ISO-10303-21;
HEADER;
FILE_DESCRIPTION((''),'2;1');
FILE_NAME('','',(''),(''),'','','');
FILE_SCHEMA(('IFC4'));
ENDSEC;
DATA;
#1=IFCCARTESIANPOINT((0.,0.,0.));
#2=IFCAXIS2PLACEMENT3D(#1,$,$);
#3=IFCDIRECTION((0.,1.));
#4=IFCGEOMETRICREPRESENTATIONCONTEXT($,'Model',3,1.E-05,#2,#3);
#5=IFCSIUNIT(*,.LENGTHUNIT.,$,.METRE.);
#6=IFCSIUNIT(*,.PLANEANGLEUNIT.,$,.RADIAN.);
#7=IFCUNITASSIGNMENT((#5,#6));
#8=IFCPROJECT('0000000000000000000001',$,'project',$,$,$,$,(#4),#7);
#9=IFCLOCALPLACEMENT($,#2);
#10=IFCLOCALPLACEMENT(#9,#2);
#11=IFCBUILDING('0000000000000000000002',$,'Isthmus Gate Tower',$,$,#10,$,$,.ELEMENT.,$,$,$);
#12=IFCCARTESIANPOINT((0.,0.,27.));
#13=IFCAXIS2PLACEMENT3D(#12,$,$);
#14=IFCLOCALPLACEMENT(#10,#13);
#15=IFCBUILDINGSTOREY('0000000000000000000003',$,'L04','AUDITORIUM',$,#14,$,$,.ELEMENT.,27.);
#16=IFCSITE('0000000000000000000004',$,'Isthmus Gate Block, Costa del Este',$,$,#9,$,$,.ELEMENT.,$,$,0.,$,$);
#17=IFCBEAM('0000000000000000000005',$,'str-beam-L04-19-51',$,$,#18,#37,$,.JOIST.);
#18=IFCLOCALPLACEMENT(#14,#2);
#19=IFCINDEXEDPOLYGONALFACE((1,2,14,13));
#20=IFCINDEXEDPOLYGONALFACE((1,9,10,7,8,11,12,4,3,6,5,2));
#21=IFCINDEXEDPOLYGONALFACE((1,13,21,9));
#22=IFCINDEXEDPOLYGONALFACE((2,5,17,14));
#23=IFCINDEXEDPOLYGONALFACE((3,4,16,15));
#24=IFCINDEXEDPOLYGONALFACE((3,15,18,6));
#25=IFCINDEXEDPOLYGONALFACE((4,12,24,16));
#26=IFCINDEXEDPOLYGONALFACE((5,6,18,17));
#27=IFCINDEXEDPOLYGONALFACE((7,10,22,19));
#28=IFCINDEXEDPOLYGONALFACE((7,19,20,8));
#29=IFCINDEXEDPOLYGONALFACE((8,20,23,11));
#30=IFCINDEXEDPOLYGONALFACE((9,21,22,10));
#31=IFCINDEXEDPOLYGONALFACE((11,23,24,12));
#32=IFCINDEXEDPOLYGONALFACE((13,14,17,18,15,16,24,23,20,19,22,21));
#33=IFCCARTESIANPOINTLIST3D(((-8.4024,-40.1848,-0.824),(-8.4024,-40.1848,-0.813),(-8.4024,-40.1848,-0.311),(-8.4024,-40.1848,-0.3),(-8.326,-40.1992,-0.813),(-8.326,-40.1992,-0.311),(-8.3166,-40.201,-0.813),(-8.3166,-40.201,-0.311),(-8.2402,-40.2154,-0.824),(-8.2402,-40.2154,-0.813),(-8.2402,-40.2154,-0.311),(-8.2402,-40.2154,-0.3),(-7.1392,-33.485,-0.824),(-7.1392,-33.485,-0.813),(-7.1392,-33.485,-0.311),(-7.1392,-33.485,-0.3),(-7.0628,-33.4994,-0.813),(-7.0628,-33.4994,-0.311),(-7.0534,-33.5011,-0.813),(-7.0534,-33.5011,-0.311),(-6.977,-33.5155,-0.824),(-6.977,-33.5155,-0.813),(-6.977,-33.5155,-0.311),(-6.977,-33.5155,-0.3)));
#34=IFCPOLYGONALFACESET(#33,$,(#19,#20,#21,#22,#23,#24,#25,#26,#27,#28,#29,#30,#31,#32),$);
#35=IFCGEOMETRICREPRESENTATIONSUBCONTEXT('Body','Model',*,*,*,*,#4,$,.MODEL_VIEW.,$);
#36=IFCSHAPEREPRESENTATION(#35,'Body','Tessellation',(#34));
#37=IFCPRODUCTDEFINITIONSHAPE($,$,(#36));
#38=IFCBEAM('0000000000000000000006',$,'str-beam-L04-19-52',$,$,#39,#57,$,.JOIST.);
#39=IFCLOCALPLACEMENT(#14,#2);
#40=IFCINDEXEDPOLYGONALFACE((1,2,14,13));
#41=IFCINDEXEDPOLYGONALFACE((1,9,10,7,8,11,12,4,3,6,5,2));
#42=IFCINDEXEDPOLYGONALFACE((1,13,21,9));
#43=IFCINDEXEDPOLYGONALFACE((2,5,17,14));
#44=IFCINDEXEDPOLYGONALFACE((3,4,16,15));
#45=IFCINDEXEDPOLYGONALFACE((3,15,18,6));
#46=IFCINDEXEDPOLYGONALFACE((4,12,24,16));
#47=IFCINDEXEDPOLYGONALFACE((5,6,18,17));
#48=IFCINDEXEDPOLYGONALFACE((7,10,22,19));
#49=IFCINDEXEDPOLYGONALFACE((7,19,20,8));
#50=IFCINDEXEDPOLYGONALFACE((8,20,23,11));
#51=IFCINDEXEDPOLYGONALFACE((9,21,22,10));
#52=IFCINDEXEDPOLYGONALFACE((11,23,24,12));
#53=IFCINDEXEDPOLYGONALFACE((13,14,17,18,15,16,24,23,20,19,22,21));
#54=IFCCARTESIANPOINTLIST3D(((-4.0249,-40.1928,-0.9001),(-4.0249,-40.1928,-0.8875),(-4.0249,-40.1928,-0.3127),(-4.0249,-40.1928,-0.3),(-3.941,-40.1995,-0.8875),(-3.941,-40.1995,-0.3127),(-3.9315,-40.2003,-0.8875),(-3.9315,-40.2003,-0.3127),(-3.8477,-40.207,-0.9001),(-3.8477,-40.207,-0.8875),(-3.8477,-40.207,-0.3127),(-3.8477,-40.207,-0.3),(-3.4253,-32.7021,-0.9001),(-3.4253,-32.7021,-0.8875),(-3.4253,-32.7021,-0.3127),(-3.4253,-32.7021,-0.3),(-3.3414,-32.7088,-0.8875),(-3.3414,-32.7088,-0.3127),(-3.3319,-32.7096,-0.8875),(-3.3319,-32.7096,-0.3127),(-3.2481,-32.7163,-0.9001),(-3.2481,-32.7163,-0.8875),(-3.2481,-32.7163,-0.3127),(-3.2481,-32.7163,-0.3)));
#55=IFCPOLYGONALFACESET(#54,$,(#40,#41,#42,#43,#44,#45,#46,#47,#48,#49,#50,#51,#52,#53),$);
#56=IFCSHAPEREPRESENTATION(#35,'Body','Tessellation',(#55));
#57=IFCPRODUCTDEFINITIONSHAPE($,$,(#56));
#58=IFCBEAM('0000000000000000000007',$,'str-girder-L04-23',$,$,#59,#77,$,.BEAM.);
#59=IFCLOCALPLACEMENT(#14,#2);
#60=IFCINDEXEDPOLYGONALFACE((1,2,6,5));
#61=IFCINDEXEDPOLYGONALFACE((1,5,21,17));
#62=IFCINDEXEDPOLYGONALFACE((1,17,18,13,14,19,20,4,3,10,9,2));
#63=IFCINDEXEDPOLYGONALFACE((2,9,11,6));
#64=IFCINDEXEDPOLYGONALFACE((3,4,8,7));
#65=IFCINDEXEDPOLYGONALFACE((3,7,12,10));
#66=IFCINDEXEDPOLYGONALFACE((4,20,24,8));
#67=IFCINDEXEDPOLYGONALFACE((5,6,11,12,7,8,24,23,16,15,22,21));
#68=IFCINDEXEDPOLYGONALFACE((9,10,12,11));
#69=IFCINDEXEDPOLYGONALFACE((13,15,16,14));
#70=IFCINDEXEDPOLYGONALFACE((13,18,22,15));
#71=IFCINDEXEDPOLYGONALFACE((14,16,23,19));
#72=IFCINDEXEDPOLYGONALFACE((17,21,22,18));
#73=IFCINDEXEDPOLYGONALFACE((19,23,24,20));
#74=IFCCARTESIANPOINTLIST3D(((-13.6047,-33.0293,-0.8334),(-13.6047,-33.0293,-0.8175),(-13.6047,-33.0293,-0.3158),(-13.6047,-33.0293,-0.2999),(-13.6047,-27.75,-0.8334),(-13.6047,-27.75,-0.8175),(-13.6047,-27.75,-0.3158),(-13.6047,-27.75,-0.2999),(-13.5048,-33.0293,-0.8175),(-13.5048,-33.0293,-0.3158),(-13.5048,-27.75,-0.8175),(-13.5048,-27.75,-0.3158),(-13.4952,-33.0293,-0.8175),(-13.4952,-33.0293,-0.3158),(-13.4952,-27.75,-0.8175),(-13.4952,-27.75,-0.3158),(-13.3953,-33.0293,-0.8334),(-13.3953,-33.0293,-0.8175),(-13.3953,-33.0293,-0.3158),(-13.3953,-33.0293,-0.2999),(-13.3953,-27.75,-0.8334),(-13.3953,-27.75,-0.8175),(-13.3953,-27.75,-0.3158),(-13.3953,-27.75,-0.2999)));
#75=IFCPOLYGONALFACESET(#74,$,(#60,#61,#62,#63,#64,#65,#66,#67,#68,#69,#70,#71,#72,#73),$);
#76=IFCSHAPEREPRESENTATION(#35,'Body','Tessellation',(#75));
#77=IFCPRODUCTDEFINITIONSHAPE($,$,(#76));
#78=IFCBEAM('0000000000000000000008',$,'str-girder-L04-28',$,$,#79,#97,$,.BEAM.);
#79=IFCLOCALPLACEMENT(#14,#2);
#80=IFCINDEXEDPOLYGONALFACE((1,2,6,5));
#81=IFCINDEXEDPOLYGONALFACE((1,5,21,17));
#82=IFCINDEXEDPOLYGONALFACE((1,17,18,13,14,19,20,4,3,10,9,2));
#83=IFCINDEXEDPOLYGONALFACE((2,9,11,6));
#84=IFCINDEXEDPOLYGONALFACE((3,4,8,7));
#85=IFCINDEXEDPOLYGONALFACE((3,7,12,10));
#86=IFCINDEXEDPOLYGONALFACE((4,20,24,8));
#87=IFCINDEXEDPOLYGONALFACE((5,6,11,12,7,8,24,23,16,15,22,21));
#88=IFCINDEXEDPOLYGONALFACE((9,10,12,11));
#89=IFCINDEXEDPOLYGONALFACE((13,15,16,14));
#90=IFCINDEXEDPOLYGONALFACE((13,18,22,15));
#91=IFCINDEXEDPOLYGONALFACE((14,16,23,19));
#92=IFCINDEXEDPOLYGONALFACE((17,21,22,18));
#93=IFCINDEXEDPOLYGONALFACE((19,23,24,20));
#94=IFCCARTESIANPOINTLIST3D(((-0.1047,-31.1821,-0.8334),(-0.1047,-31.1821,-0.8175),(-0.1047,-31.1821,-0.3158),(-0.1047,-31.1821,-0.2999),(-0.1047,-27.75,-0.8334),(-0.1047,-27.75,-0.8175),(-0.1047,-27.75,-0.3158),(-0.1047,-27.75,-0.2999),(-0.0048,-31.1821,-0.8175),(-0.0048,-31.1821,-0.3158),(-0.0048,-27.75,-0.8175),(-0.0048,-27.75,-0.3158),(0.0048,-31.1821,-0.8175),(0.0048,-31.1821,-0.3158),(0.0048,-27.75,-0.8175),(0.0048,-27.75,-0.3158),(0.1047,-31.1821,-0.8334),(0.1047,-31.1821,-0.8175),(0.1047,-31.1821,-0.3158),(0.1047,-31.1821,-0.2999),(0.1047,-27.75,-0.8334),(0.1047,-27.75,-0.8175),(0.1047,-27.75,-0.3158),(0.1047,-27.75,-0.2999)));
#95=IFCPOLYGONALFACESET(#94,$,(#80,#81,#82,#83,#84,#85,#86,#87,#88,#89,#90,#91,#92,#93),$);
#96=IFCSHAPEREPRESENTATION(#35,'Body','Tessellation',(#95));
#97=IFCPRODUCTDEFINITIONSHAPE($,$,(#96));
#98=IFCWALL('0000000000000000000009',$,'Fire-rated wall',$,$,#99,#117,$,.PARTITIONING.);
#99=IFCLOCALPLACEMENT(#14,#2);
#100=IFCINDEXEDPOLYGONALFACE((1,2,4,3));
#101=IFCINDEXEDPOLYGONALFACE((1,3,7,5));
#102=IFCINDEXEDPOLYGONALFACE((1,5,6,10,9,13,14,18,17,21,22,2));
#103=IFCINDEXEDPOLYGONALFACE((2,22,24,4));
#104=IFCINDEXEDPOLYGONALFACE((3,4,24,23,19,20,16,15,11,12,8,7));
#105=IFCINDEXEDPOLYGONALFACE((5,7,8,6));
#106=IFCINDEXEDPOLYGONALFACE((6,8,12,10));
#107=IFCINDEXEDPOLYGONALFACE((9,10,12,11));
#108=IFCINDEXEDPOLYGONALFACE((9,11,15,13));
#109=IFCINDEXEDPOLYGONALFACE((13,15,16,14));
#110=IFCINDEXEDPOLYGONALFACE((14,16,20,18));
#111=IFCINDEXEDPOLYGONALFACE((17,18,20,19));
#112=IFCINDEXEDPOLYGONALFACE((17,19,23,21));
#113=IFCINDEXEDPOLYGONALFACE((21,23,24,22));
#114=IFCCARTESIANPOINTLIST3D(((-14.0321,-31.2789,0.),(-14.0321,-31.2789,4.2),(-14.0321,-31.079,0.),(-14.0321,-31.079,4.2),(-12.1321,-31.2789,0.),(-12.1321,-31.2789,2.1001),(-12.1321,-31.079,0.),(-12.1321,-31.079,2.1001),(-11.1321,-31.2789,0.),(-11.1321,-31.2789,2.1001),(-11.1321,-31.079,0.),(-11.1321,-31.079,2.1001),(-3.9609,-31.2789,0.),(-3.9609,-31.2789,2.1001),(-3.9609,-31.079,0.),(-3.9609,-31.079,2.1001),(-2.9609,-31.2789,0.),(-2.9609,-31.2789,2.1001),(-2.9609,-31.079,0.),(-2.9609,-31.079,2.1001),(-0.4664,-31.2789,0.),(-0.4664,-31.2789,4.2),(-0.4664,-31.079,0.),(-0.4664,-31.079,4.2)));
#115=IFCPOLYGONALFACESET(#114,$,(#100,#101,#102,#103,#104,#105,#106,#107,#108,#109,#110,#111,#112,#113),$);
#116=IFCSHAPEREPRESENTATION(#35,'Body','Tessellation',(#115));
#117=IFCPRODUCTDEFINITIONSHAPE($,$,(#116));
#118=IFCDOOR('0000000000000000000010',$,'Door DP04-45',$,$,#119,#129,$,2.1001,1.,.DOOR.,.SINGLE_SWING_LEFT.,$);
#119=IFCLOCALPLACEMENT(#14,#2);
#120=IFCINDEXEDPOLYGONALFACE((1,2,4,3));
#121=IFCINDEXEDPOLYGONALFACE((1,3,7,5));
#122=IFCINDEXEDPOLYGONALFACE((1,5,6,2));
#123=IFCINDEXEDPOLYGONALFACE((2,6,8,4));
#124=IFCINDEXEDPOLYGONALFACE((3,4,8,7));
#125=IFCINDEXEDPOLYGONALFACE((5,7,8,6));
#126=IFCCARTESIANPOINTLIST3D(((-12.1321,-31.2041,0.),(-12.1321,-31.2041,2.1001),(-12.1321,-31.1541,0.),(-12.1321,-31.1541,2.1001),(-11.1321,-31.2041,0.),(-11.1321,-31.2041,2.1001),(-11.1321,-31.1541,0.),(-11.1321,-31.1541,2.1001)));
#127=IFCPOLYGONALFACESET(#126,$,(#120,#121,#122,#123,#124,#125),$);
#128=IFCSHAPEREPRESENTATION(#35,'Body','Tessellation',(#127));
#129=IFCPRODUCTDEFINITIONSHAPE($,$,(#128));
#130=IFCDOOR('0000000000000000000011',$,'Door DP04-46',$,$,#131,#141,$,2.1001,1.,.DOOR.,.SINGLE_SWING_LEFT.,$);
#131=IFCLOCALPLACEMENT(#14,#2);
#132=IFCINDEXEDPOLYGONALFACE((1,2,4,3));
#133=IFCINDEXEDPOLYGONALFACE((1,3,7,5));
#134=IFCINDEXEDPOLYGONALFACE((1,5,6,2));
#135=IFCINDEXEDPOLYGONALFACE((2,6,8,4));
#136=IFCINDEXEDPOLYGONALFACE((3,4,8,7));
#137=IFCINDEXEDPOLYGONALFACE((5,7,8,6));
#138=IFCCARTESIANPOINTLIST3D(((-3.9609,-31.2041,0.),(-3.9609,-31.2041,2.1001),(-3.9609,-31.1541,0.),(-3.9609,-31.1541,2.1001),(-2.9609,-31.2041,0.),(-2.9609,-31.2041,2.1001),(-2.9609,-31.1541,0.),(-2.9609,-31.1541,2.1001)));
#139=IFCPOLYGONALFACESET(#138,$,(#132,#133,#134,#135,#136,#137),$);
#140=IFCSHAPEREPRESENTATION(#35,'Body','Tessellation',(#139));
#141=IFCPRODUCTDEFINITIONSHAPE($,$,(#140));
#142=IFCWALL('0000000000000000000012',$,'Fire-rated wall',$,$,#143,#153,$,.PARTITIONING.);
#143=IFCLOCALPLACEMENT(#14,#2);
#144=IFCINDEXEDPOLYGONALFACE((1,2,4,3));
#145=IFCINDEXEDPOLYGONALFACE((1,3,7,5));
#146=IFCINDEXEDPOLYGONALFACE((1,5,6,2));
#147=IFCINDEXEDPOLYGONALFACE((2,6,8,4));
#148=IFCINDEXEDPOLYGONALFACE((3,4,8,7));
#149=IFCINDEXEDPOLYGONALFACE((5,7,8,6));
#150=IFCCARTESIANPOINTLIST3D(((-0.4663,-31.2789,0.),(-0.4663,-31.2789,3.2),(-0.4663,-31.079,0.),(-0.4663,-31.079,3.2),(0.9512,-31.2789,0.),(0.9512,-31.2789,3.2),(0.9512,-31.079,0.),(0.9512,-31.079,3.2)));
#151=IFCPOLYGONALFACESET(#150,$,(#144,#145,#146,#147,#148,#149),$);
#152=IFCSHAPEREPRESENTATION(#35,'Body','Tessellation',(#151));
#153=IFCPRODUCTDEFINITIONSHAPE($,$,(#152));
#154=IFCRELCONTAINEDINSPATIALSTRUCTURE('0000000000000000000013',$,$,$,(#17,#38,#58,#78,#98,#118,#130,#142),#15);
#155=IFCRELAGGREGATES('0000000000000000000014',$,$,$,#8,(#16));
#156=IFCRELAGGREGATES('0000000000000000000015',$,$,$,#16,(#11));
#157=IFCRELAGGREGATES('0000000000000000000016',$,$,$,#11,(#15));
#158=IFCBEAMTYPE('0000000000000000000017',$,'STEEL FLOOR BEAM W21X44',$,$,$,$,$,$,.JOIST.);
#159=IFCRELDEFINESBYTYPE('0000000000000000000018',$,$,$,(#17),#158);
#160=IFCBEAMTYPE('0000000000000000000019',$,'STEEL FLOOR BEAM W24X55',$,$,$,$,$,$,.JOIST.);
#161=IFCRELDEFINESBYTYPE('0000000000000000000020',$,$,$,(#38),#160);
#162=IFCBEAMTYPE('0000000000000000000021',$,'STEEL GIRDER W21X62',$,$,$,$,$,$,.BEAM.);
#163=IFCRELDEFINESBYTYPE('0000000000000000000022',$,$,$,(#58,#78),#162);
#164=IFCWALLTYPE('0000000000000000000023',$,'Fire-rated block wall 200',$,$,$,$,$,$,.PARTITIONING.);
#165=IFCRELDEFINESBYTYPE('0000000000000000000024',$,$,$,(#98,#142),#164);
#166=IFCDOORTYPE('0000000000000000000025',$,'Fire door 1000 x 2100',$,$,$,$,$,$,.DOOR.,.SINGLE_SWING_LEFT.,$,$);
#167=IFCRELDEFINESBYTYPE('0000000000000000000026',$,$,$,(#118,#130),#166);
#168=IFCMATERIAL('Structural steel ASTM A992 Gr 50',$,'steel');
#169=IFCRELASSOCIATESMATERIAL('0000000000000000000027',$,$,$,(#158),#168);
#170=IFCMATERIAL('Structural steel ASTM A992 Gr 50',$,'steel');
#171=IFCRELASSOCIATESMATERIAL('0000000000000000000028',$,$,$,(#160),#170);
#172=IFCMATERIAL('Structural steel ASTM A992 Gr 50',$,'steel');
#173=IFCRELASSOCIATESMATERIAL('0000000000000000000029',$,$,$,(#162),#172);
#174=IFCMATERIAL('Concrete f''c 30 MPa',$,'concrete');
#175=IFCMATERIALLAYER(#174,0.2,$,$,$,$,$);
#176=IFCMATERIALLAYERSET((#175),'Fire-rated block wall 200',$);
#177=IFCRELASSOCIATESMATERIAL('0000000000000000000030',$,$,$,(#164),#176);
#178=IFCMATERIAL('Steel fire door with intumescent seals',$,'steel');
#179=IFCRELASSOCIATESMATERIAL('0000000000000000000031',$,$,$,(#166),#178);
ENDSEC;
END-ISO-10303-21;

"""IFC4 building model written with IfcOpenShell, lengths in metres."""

from ifc_helpers import new_model, si_unit, direction, frame, frame_2d, origin, origin_2d, place, context, subcontext, project, spatial, rectangle, i_section, extrude, material, layer, layer_set, material_profile, profile_set, type_object, element, fill, save


model = new_model("IFC4")

# Units and contexts
model_context = context("Model", 3, precision=1e-05, world=origin(), true_north=direction((0.0, 1.0)))
body_context = subcontext(model_context, "Body", "Model", "MODEL_VIEW")
ifc_project = project(units=[si_unit("LENGTHUNIT", "METRE"), si_unit("PLANEANGLEUNIT", "RADIAN")], contexts=[model_context])

# Site, building, storey
site_placement = place(None, origin())
site = spatial("IfcSite", under=ifc_project, at=site_placement, Name="Isthmus Gate Block, Costa del Este", CompositionType="ELEMENT", RefElevation=0.0)
building_placement = place(site_placement, origin())
building = spatial("IfcBuilding", under=site, at=building_placement, Name="Isthmus Gate Tower", CompositionType="ELEMENT")
storey_placement = place(building_placement, frame((0.0, 0.0, 27.0)))
storey = spatial("IfcBuildingStorey", under=building, at=storey_placement, Name="L04", Description="AUDITORIUM", CompositionType="ELEMENT", Elevation=27.0)

# Beams
ifc_material_1 = material(Name="Structural steel ASTM A992 Gr 50", Category="steel")
ifc_material_profile_1 = material_profile(ifc_material_1, i_section(OverallWidth=0.165, OverallDepth=0.5239, WebThickness=0.0095, FlangeThickness=0.011, at=origin_2d()), Name="W21X44")
ifc_profile_set_1 = profile_set([ifc_material_profile_1], Name="Structural steel ASTM A992 Gr 50")
beam_type_1 = type_object("IfcBeamType", Name="STEEL FLOOR BEAM W21X44", PredefinedType="JOIST", material=ifc_profile_set_1)
beam_1_placement = place(storey_placement, frame((-7.0581, -33.5002, -0.562), z_axis=(-0.185279, -0.982686, 0.0), x_axis=(0.982686, -0.185279, 0.0)))
element("IfcBeam", 1, at=beam_1_placement, inside=storey, type_object=beam_type_1, Name="str-beam-L04-19-51", PredefinedType="JOIST", context=body_context, shape_type="SweptSolid", body=[
    extrude(i_section(OverallWidth=0.165, OverallDepth=0.5239, WebThickness=0.0095, FlangeThickness=0.011, at=origin_2d()), origin(), (0.0, 0.0, 1.0), 6.8179),
])
ifc_material_2 = material(Name="Structural steel ASTM A992 Gr 50", Category="steel")
ifc_material_profile_2 = material_profile(ifc_material_2, i_section(OverallWidth=0.1777, OverallDepth=0.6001, WebThickness=0.0095, FlangeThickness=0.0127, at=origin_2d()), Name="W24X55")
ifc_profile_set_2 = profile_set([ifc_material_profile_2], Name="Structural steel ASTM A992 Gr 50")
beam_type_2 = type_object("IfcBeamType", Name="STEEL FLOOR BEAM W24X55", PredefinedType="JOIST", material=ifc_profile_set_2)
beam_2_placement = place(storey_placement, frame((-3.3367, -32.7092, -0.6001), z_axis=(-0.079792, -0.996812, 0.0), x_axis=(0.996812, -0.079792, 0.0)))
element("IfcBeam", 2, at=beam_2_placement, inside=storey, type_object=beam_type_2, Name="str-beam-L04-19-52", PredefinedType="JOIST", context=body_context, shape_type="SweptSolid", body=[
    extrude(i_section(OverallWidth=0.1777, OverallDepth=0.6001, WebThickness=0.0095, FlangeThickness=0.0127, at=origin_2d()), origin(), (0.0, 0.0, 1.0), 7.5146),
])
ifc_material_3 = material(Name="Structural steel ASTM A992 Gr 50", Category="steel")
ifc_material_profile_3 = material_profile(ifc_material_3, i_section(OverallWidth=0.2095, OverallDepth=0.5334, WebThickness=0.0095, FlangeThickness=0.0159, at=origin_2d()), Name="W21X62")
ifc_profile_set_3 = profile_set([ifc_material_profile_3], Name="Structural steel ASTM A992 Gr 50")
beam_type_3 = type_object("IfcBeamType", Name="STEEL GIRDER W21X62", PredefinedType="BEAM", material=ifc_profile_set_3)
beam_3_placement = place(storey_placement, frame((-13.5, -33.0293, -0.5667), z_axis=(0.0, 1.0, 0.0), x_axis=(-1.0, 0.0, 0.0)))
element("IfcBeam", 3, at=beam_3_placement, inside=storey, type_object=beam_type_3, Name="str-girder-L04-23", PredefinedType="BEAM", context=body_context, shape_type="SweptSolid", body=[
    extrude(i_section(OverallWidth=0.2095, OverallDepth=0.5334, WebThickness=0.0095, FlangeThickness=0.0159, at=origin_2d()), origin(), (0.0, 0.0, 1.0), 5.2793),
])
beam_4_placement = place(storey_placement, frame((0.0, -31.1821, -0.5667), z_axis=(0.0, 1.0, 0.0), x_axis=(-1.0, 0.0, 0.0)))
element("IfcBeam", 4, at=beam_4_placement, inside=storey, type_object=beam_type_3, Name="str-girder-L04-28", PredefinedType="BEAM", context=body_context, shape_type="SweptSolid", body=[
    extrude(i_section(OverallWidth=0.2095, OverallDepth=0.5334, WebThickness=0.0095, FlangeThickness=0.0159, at=origin_2d()), origin(), (0.0, 0.0, 1.0), 3.4321),
])

# Wall, openings, doors
ifc_material_4 = material(Name="Concrete f'c 30 MPa", Category="concrete")
ifc_layer_1 = layer(ifc_material_4, 0.2)
ifc_layer_set_1 = layer_set([ifc_layer_1], Name="Fire-rated block wall 200")
wall_type_1 = type_object("IfcWallType", Name="Fire-rated block wall 200", PredefinedType="PARTITIONING", material=ifc_layer_set_1)
wall_1_placement = place(storey_placement, frame((-14.032, -31.179, 0.0), z_axis=(0.0, 0.0, 1.0), x_axis=(1.0, 0.0, 0.0)))
wall_1 = element("IfcWall", 5, at=wall_1_placement, inside=storey, type_object=wall_type_1, Name="Fire-rated wall", PredefinedType="PARTITIONING", context=body_context, shape_type="SweptSolid", body=[
    extrude(rectangle(XDim=13.5657, YDim=0.2, at=frame_2d((6.7827, 0.0))), origin(), (0.0, 0.0, 1.0), 4.2),
])
opening_1_placement = place(wall_1_placement, frame((1.8999, 0.0, 0.0)))
opening_1 = element("IfcOpeningElement", 6, at=opening_1_placement, cuts=wall_1, PredefinedType="OPENING", context=body_context, shape_type="SweptSolid", body=[
    extrude(rectangle(XDim=1.0, YDim=2.1001, at=frame_2d((0.5, 1.05))), frame((0.0, 0.1099, 0.0), z_axis=(0.0, -1.0, 0.0), x_axis=(1.0, 0.0, 0.0)), (0.0, 0.0, 1.0), 0.22),
])
opening_2_placement = place(wall_1_placement, frame((10.071, 0.0, 0.0)))
opening_2 = element("IfcOpeningElement", 7, at=opening_2_placement, cuts=wall_1, PredefinedType="OPENING", context=body_context, shape_type="SweptSolid", body=[
    extrude(rectangle(XDim=1.0, YDim=2.1001, at=frame_2d((0.5, 1.05))), frame((0.0, 0.1099, 0.0), z_axis=(0.0, -1.0, 0.0), x_axis=(1.0, 0.0, 0.0)), (0.0, 0.0, 1.0), 0.22),
])
ifc_material_5 = material(Name="Steel fire door with intumescent seals", Category="steel")
door_type = type_object("IfcDoorType", Name="Fire door 1000 x 2100", OperationType="SINGLE_SWING_LEFT", PredefinedType="DOOR", material=ifc_material_5)
door_1_placement = place(opening_1_placement, origin())
door_1 = element("IfcDoor", 8, at=door_1_placement, inside=storey, type_object=door_type, Name="Door DP04-45", OperationType="SINGLE_SWING_LEFT", OverallHeight=2.1001, OverallWidth=1.0, PredefinedType="DOOR", context=body_context, shape_type="SweptSolid", body=[
    extrude(rectangle(XDim=1.0, YDim=2.1001, at=frame_2d((0.5, 1.05))), frame((0.0, 0.0249, 0.0), z_axis=(0.0, -1.0, 0.0), x_axis=(1.0, 0.0, 0.0)), (0.0, 0.0, 1.0), 0.05),
])
fill(opening_1, door_1)
door_2_placement = place(opening_2_placement, origin())
door_2 = element("IfcDoor", 9, at=door_2_placement, inside=storey, type_object=door_type, Name="Door DP04-46", OperationType="SINGLE_SWING_LEFT", OverallHeight=2.1001, OverallWidth=1.0, PredefinedType="DOOR", context=body_context, shape_type="SweptSolid", body=[
    extrude(rectangle(XDim=1.0, YDim=2.1001, at=frame_2d((0.5, 1.05))), frame((0.0, 0.0249, 0.0), z_axis=(0.0, -1.0, 0.0), x_axis=(1.0, 0.0, 0.0)), (0.0, 0.0, 1.0), 0.05),
])
fill(opening_2, door_2)

# Wall
wall_2_placement = place(storey_placement, frame((-0.4663, -31.179, 0.0), z_axis=(0.0, 0.0, 1.0), x_axis=(1.0, 0.0, 0.0)))
element("IfcWall", 10, at=wall_2_placement, inside=storey, type_object=wall_type_1, Name="Fire-rated wall", PredefinedType="PARTITIONING", context=body_context, shape_type="SweptSolid", body=[
    extrude(rectangle(XDim=1.4175, YDim=0.2, at=frame_2d((0.7087, 0.0))), origin(), (0.0, 0.0, 1.0), 3.2),
])

save(model, "model.ifc")
